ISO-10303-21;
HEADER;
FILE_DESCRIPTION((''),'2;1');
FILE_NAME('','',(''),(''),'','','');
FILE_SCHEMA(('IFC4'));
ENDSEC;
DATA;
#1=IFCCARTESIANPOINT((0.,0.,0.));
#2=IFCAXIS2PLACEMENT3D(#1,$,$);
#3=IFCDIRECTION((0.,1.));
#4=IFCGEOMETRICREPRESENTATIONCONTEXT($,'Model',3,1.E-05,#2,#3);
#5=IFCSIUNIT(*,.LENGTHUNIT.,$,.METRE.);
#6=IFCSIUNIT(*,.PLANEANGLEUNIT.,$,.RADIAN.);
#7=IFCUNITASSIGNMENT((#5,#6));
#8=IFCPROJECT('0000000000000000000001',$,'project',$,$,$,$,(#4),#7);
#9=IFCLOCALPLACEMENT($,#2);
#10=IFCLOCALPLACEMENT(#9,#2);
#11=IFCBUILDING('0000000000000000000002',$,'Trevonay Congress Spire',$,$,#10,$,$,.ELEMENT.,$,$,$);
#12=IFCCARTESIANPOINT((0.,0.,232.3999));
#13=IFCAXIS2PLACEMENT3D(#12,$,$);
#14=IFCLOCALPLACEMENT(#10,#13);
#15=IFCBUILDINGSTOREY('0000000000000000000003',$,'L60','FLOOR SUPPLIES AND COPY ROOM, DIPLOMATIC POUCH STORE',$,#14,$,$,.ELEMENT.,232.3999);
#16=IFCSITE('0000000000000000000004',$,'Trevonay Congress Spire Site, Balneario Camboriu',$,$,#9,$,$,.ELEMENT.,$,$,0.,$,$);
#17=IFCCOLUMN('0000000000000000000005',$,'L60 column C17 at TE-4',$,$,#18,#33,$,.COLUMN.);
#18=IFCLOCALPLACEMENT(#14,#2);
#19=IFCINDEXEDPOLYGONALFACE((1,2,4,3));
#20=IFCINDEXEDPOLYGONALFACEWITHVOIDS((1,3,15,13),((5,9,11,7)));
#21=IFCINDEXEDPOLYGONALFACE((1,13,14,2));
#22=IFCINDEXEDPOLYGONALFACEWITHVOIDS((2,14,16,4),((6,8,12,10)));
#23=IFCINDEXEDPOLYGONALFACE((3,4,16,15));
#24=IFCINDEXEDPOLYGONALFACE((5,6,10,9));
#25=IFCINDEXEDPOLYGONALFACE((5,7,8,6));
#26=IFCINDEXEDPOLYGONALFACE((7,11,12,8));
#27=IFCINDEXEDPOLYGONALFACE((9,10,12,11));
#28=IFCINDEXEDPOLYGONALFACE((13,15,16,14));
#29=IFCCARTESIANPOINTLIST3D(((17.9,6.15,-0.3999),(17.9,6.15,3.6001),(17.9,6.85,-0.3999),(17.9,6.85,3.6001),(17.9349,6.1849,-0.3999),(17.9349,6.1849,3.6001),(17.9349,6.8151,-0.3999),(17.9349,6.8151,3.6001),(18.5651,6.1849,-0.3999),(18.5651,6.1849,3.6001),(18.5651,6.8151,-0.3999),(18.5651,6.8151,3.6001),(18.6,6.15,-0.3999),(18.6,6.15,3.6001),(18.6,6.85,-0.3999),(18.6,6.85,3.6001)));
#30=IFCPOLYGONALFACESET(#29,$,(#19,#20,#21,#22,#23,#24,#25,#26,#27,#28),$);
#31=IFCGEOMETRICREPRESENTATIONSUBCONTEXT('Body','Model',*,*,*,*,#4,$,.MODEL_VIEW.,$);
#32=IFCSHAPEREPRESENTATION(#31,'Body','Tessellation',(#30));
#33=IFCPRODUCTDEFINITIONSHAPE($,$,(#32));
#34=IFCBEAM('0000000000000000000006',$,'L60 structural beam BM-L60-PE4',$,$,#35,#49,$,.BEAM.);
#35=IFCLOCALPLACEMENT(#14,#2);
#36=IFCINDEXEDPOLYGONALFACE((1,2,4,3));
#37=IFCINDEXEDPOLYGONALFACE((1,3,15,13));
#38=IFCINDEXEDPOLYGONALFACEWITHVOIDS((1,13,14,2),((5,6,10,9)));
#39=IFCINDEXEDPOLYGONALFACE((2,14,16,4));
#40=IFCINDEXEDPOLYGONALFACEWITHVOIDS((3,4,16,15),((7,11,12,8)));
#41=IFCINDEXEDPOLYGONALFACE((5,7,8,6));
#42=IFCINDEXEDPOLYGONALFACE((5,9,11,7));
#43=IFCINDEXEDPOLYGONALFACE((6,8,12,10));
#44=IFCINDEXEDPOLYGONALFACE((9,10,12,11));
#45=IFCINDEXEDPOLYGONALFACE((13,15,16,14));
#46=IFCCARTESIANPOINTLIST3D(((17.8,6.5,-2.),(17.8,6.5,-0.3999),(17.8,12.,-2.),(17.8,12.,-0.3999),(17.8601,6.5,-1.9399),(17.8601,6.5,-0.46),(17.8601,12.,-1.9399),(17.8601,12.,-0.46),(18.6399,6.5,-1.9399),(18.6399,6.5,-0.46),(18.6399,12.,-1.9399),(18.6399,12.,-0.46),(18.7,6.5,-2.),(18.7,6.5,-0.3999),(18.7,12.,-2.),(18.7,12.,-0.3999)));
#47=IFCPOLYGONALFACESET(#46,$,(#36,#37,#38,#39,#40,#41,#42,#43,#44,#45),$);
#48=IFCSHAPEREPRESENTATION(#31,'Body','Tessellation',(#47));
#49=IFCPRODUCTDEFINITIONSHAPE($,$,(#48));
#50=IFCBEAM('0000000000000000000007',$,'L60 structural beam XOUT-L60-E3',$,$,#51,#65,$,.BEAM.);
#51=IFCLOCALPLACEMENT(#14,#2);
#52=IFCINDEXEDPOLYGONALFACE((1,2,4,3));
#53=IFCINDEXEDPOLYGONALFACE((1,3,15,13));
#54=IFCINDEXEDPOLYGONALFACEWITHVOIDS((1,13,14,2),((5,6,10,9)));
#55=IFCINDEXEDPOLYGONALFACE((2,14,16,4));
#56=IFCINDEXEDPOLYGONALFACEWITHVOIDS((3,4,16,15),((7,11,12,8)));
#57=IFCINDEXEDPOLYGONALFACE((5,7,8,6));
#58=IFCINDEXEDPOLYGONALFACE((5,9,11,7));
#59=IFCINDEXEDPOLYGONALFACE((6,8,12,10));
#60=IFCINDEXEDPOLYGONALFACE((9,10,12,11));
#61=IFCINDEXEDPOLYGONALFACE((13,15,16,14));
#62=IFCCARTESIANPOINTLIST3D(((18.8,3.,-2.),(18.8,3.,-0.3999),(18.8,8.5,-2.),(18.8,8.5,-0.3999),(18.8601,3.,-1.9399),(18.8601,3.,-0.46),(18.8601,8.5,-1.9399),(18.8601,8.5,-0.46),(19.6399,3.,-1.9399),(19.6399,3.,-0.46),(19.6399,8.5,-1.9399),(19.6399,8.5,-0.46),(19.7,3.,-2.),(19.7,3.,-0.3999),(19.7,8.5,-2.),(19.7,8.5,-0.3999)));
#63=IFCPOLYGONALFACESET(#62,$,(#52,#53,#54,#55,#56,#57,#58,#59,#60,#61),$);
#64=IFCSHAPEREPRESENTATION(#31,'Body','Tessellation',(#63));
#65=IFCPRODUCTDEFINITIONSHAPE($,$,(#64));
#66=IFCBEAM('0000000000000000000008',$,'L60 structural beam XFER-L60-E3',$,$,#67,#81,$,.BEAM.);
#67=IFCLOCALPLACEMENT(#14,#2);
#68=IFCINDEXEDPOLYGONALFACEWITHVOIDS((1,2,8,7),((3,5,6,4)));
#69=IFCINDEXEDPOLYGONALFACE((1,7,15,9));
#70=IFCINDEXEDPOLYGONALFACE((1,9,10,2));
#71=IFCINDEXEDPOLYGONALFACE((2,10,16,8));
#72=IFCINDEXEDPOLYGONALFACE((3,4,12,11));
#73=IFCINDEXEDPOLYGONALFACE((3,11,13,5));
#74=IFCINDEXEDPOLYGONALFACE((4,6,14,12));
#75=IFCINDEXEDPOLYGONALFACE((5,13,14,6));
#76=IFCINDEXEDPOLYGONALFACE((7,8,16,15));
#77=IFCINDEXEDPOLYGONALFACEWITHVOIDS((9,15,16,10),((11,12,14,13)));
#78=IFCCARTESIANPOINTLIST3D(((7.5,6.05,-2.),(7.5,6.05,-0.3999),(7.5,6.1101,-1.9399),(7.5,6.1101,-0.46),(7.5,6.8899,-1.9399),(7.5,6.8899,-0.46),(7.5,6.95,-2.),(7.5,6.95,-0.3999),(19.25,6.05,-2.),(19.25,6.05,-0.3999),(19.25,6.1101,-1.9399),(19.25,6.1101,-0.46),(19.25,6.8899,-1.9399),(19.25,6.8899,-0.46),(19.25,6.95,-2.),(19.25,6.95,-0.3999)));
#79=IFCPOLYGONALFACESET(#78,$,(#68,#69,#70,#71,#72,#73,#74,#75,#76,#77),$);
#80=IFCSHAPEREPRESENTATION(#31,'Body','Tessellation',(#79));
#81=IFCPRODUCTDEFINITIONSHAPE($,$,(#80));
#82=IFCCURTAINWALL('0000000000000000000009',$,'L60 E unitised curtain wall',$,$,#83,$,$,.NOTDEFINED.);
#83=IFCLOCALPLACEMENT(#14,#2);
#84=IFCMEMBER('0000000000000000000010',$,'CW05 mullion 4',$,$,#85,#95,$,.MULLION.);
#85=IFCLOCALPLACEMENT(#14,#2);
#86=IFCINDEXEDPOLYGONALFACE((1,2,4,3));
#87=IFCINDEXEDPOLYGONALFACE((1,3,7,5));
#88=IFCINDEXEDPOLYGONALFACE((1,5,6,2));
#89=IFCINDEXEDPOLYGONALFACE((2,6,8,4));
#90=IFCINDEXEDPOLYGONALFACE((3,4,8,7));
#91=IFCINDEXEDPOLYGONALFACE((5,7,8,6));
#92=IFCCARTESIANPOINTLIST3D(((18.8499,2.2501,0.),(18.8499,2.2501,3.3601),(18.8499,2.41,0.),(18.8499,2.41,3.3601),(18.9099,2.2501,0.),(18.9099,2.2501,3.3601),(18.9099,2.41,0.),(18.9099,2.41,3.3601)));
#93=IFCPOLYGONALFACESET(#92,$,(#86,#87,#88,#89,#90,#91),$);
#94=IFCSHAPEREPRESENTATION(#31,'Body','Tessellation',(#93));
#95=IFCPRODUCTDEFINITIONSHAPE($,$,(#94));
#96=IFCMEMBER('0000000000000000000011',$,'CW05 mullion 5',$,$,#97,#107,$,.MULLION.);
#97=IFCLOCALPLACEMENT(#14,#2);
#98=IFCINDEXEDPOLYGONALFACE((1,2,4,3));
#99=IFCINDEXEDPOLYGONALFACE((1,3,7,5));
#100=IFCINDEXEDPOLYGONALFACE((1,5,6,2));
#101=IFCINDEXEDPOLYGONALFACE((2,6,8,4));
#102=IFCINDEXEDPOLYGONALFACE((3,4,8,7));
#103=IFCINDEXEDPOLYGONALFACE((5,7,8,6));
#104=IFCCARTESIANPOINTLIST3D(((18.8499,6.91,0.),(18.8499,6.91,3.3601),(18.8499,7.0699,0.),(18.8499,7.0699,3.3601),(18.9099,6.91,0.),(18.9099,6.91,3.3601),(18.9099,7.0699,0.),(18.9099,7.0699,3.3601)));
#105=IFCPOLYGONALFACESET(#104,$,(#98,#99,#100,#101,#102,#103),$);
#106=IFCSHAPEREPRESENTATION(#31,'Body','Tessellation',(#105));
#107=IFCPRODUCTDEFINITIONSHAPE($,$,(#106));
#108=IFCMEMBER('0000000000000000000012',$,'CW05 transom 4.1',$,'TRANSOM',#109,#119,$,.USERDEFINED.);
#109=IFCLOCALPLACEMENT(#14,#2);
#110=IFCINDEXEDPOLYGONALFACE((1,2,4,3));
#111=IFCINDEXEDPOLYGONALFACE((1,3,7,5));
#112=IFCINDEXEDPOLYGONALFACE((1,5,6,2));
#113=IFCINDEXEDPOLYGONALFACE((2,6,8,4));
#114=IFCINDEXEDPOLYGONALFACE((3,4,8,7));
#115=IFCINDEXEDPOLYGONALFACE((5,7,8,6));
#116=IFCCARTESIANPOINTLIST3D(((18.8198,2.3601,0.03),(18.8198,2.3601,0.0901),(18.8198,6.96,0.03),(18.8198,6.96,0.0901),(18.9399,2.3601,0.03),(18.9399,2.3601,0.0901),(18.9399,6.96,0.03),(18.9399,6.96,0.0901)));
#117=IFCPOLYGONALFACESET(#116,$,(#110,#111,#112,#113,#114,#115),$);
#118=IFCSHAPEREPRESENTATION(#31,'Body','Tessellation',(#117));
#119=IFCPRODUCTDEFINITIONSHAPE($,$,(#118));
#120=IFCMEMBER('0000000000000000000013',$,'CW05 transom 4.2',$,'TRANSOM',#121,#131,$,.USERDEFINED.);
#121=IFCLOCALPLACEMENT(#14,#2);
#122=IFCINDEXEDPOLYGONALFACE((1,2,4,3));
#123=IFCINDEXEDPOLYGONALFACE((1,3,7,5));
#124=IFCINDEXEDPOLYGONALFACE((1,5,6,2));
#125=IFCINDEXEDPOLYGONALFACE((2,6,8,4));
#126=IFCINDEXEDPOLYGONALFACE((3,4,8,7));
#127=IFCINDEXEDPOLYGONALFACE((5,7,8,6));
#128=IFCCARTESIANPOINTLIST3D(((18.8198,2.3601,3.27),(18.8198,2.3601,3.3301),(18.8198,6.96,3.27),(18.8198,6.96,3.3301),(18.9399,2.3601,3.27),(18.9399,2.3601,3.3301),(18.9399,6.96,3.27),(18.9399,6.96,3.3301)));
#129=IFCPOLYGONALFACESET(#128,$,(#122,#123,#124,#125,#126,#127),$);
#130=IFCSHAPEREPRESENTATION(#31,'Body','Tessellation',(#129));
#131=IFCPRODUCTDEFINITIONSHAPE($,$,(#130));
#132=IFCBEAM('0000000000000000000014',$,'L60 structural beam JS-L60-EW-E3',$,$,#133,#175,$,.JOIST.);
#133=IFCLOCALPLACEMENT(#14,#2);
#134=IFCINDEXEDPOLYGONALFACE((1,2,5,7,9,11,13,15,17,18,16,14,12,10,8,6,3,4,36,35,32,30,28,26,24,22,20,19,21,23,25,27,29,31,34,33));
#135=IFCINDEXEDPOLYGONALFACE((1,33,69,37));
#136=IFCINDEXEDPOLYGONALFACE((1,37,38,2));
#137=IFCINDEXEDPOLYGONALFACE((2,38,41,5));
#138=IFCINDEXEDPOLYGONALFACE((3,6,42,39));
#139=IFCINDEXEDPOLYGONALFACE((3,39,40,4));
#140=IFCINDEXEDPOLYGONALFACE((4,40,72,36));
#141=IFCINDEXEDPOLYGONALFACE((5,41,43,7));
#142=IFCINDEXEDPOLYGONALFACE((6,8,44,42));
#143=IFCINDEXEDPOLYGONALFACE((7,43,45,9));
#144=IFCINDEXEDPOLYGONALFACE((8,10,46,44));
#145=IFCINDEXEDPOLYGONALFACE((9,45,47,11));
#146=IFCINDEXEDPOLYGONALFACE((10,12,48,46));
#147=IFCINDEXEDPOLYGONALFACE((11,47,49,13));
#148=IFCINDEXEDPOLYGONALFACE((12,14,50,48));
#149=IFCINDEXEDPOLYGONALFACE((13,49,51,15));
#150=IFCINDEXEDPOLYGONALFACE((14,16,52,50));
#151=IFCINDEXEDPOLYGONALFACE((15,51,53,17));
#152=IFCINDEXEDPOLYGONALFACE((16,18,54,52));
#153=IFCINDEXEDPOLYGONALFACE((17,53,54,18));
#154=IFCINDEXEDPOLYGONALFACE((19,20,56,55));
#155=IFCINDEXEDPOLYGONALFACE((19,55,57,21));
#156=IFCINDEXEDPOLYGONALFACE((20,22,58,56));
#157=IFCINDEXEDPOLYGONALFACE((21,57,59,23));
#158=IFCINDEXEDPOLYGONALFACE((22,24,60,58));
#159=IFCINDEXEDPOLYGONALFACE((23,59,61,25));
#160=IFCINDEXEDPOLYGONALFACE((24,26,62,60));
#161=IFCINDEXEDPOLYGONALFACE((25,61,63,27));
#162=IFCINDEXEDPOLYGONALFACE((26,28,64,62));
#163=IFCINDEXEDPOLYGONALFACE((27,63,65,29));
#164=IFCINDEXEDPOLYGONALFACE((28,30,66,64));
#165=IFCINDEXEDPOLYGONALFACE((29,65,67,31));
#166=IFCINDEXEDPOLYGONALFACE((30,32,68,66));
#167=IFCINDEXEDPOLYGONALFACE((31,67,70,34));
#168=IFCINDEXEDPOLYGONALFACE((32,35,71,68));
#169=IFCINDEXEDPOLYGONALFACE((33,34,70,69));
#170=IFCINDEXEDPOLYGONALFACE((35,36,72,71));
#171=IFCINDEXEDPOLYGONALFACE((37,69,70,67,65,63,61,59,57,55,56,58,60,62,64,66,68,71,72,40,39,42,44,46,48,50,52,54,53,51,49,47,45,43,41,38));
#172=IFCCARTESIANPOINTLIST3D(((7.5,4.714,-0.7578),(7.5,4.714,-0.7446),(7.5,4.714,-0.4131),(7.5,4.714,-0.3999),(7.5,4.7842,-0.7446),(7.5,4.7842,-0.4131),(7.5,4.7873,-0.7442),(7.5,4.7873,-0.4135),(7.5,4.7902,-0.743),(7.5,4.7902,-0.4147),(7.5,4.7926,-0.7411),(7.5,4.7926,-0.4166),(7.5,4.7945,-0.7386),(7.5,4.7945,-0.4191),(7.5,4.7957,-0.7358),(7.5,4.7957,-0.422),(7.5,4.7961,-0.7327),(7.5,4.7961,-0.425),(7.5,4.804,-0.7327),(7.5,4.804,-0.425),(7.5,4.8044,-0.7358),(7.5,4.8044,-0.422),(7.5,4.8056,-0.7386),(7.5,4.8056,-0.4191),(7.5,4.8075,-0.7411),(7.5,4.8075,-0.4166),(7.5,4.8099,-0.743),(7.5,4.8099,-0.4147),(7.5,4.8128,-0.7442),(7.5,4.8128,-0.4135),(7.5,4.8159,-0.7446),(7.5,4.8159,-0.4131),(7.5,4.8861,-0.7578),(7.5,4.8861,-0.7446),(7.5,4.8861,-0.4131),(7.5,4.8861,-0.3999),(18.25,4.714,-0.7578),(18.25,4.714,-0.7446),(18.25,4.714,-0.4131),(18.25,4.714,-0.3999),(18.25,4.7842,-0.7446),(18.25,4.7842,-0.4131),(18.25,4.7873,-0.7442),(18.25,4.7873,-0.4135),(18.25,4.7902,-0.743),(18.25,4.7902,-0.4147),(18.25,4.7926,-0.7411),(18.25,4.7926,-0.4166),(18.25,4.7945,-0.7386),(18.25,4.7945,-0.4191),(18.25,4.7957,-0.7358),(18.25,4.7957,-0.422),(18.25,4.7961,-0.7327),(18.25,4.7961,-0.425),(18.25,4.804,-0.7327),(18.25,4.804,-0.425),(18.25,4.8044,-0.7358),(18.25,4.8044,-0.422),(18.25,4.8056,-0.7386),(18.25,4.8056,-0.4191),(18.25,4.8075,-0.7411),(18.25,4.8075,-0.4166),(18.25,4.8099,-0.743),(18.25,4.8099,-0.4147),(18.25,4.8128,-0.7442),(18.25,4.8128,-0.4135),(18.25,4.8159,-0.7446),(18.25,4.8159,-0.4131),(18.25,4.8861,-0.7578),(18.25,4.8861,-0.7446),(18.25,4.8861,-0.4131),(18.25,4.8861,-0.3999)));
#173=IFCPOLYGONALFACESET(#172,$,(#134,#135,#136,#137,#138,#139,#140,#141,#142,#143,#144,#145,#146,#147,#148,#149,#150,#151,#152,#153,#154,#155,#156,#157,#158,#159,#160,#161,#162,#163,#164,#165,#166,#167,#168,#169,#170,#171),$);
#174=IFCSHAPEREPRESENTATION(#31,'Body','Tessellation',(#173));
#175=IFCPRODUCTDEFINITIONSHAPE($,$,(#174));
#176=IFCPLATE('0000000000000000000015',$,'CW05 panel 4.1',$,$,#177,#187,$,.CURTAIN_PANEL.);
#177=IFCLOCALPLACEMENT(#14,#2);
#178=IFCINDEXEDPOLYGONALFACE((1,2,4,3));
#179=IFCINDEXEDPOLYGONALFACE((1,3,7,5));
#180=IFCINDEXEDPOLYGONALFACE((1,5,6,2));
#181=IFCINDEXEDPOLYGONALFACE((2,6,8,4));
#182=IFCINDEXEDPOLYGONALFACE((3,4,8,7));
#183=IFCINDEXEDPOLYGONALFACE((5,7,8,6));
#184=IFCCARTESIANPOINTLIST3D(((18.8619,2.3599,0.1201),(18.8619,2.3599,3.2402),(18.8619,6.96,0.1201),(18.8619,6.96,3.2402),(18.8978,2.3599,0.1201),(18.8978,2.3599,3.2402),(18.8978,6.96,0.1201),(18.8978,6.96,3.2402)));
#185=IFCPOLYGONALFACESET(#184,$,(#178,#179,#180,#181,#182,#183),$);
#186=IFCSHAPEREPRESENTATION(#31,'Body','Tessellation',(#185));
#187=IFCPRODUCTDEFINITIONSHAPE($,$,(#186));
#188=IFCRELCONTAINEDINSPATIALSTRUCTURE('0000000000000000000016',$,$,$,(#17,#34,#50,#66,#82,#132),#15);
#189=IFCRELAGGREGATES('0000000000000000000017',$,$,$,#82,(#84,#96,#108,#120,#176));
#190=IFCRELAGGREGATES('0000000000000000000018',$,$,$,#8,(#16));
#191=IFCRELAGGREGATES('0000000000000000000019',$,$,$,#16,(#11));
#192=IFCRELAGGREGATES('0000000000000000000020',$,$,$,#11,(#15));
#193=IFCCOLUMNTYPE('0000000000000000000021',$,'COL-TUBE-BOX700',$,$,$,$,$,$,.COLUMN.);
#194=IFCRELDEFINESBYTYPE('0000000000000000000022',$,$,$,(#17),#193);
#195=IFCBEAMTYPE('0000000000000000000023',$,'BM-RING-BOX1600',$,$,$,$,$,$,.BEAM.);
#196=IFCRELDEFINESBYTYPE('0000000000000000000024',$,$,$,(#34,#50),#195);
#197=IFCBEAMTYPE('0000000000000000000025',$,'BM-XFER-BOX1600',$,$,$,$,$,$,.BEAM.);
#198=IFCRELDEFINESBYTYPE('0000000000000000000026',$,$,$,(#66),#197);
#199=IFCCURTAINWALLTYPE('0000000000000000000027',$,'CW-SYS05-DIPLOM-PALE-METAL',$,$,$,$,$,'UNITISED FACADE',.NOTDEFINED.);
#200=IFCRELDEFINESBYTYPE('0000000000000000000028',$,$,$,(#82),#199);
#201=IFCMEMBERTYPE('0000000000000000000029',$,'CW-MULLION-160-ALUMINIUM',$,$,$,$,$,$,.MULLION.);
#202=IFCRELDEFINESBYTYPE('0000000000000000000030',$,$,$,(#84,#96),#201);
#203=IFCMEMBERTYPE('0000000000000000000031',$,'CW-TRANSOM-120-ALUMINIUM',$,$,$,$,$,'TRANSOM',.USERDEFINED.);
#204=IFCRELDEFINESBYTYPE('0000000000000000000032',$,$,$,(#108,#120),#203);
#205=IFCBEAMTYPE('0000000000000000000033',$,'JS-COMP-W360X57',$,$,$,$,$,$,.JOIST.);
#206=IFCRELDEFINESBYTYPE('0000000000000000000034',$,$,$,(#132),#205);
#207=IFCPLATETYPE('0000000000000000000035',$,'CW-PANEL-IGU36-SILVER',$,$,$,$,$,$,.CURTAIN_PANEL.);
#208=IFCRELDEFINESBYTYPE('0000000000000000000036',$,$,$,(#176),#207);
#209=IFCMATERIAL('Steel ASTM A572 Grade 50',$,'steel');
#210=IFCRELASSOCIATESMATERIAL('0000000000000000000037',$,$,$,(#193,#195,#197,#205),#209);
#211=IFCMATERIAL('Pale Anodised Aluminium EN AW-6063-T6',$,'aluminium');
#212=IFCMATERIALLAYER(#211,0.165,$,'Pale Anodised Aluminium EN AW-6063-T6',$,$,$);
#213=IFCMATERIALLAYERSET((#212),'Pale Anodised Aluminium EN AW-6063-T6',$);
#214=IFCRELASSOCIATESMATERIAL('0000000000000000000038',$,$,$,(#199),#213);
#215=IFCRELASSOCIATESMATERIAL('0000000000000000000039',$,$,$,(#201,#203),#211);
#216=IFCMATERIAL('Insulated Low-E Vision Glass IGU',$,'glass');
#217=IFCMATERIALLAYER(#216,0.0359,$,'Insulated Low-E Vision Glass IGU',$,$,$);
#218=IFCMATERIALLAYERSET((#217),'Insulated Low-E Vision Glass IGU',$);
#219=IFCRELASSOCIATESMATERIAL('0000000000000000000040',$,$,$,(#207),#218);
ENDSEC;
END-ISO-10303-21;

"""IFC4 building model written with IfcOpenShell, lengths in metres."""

from ifc_helpers import new_model, si_unit, direction, frame, origin, origin_2d, place, context, subcontext, project, spatial, rectangle, hollow_rectangle, i_section, extrude, material, layer, layer_set, material_profile, profile_set, type_object, element, aggregate, save


model = new_model("IFC4")

# Units and contexts
model_context = context("Model", 3, precision=1e-05, world=origin(), true_north=direction((0.0, 1.0)))
body_context = subcontext(model_context, "Body", "Model", "MODEL_VIEW")
ifc_project = project(units=[si_unit("LENGTHUNIT", "METRE"), si_unit("PLANEANGLEUNIT", "RADIAN")], contexts=[model_context])

# Site, building, storey
site_placement = place(None, origin())
site = spatial("IfcSite", under=ifc_project, at=site_placement, Name="Trevonay Congress Spire Site, Balneario Camboriu", CompositionType="ELEMENT", RefElevation=0.0)
building_placement = place(site_placement, origin())
building = spatial("IfcBuilding", under=site, at=building_placement, Name="Trevonay Congress Spire", CompositionType="ELEMENT")
storey_placement = place(building_placement, frame((0.0, 0.0, 232.3999)))
storey = spatial("IfcBuildingStorey", under=building, at=storey_placement, Name="L60", Description="FLOOR SUPPLIES AND COPY ROOM, DIPLOMATIC POUCH STORE", CompositionType="ELEMENT", Elevation=232.3999)

# Column
ifc_material_1 = material(Name="Steel ASTM A572 Grade 50", Category="steel")
ifc_material_profile_1 = material_profile(ifc_material_1, hollow_rectangle(XDim=0.7, YDim=0.7, WallThickness=0.0349, at=origin_2d()), Name="BOX 700x700x35")
ifc_profile_set_1 = profile_set([ifc_material_profile_1], Name="Steel ASTM A572 Grade 50")
column_type = type_object("IfcColumnType", Name="COL-TUBE-BOX700", PredefinedType="COLUMN", material=ifc_profile_set_1)
column_placement = place(storey_placement, frame((18.25, 6.5, -0.3999), z_axis=(0.0, 0.0, 1.0), x_axis=(1.0, 0.0, 0.0)))
element("IfcColumn", 1, at=column_placement, inside=storey, type_object=column_type, Name="L60 column C17 at TE-4", PredefinedType="COLUMN", context=body_context, shape_type="SweptSolid", body=[
    extrude(hollow_rectangle(XDim=0.7, YDim=0.7, WallThickness=0.0349, at=origin_2d()), origin(), (0.0, 0.0, 1.0), 4.0),
])

# Beams
ifc_material_profile_2 = material_profile(ifc_material_1, hollow_rectangle(XDim=0.8999, YDim=1.6001, WallThickness=0.0601, at=origin_2d()), Name="BOX 1600x900x60")
ifc_profile_set_2 = profile_set([ifc_material_profile_2], Name="Steel ASTM A572 Grade 50")
beam_type_1 = type_object("IfcBeamType", Name="BM-RING-BOX1600", PredefinedType="BEAM", material=ifc_profile_set_2)
for number, where, z_axis, x_axis, name in (
    (2, (18.25, 6.5, -1.2), (0.0, 1.0, 0.0), (-1.0, 0.0, 0.0), "L60 structural beam BM-L60-PE4"),
    (3, (19.25, 3.0, -1.2), (0.0, 1.0, 0.0), (-1.0, 0.0, 0.0), "L60 structural beam XOUT-L60-E3"),
):
    element("IfcBeam", number, at=place(storey_placement, frame(where, z_axis=z_axis, x_axis=x_axis)), inside=storey, type_object=beam_type_1, Name=name, PredefinedType="BEAM", context=body_context, shape_type="SweptSolid", body=[
        extrude(hollow_rectangle(XDim=0.8999, YDim=1.6001, WallThickness=0.0601, at=origin_2d()), origin(), (0.0, 0.0, 1.0), 5.5),
    ])
ifc_material_profile_3 = material_profile(ifc_material_1, hollow_rectangle(XDim=0.8999, YDim=1.6001, WallThickness=0.0601, at=origin_2d()), Name="BOX 1600x900x60")
ifc_profile_set_3 = profile_set([ifc_material_profile_3], Name="Steel ASTM A572 Grade 50")
beam_type_2 = type_object("IfcBeamType", Name="BM-XFER-BOX1600", PredefinedType="BEAM", material=ifc_profile_set_3)
beam_1_placement = place(storey_placement, frame((7.5, 6.5, -1.2), z_axis=(1.0, 0.0, 0.0), x_axis=(0.0, 1.0, 0.0)))
element("IfcBeam", 4, at=beam_1_placement, inside=storey, type_object=beam_type_2, Name="L60 structural beam XFER-L60-E3", PredefinedType="BEAM", context=body_context, shape_type="SweptSolid", body=[
    extrude(hollow_rectangle(XDim=0.8999, YDim=1.6001, WallThickness=0.0601, at=origin_2d()), origin(), (0.0, 0.0, 1.0), 11.75),
])

# Curtain wall, members
ifc_material_2 = material(Name="Pale Anodised Aluminium EN AW-6063-T6", Category="aluminium")
ifc_layer_1 = layer(ifc_material_2, 0.165, Name="Pale Anodised Aluminium EN AW-6063-T6")
ifc_layer_set_1 = layer_set([ifc_layer_1], Name="Pale Anodised Aluminium EN AW-6063-T6")
curtain_wall_type = type_object("IfcCurtainWallType", Name="CW-SYS05-DIPLOM-PALE-METAL", ElementType="UNITISED FACADE", PredefinedType="NOTDEFINED", material=ifc_layer_set_1)
curtain_wall_placement = place(storey_placement, origin())
curtain_wall = element("IfcCurtainWall", 5, at=curtain_wall_placement, inside=storey, type_object=curtain_wall_type, Name="L60 E unitised curtain wall", PredefinedType="NOTDEFINED")
ifc_material_profile_4 = material_profile(ifc_material_2, rectangle(XDim=0.0601, YDim=0.1599, at=origin_2d()), Name="CW-MULLION-160-ALUMINIUM")
ifc_profile_set_4 = profile_set([ifc_material_profile_4], Name="Pale Anodised Aluminium EN AW-6063-T6")
member_type_1 = type_object("IfcMemberType", Name="CW-MULLION-160-ALUMINIUM", PredefinedType="MULLION", material=ifc_profile_set_4)
member_1_placement = place(storey_placement, frame((18.8799, 2.3301, 0.0), z_axis=(0.0, 0.0, 1.0), x_axis=(-1.0, 0.0, 0.0)))
member_1 = element("IfcMember", 6, at=member_1_placement, type_object=member_type_1, Name="CW05 mullion 4", PredefinedType="MULLION", context=body_context, shape_type="SweptSolid", body=[
    extrude(rectangle(XDim=0.0601, YDim=0.1599, at=origin_2d()), origin(), (0.0, 0.0, 1.0), 3.3601),
])
member_2_placement = place(storey_placement, frame((18.8799, 6.99, 0.0), z_axis=(0.0, 0.0, 1.0), x_axis=(-1.0, 0.0, 0.0)))
member_2 = element("IfcMember", 7, at=member_2_placement, type_object=member_type_1, Name="CW05 mullion 5", PredefinedType="MULLION", context=body_context, shape_type="SweptSolid", body=[
    extrude(rectangle(XDim=0.0601, YDim=0.1599, at=origin_2d()), origin(), (0.0, 0.0, 1.0), 3.3601),
])
ifc_material_profile_5 = material_profile(ifc_material_2, rectangle(XDim=0.1201, YDim=0.0601, at=origin_2d()), Name="CW-TRANSOM-120-ALUMINIUM")
ifc_profile_set_5 = profile_set([ifc_material_profile_5], Name="Pale Anodised Aluminium EN AW-6063-T6")
member_type_2 = type_object("IfcMemberType", Name="CW-TRANSOM-120-ALUMINIUM", ElementType="TRANSOM", PredefinedType="USERDEFINED", material=ifc_profile_set_5)
member_3_placement = place(storey_placement, frame((18.8799, 2.3601, 0.0601), z_axis=(0.0, 1.0, 0.0), x_axis=(-1.0, 0.0, 0.0)))
member_3 = element("IfcMember", 8, at=member_3_placement, type_object=member_type_2, Name="CW05 transom 4.1", ObjectType="TRANSOM", PredefinedType="USERDEFINED", context=body_context, shape_type="SweptSolid", body=[
    extrude(rectangle(XDim=0.1201, YDim=0.0601, at=origin_2d()), origin(), (0.0, 0.0, 1.0), 4.5999),
])
member_4_placement = place(storey_placement, frame((18.8799, 2.3601, 3.3), z_axis=(0.0, 1.0, 0.0), x_axis=(-1.0, 0.0, 0.0)))
member_4 = element("IfcMember", 9, at=member_4_placement, type_object=member_type_2, Name="CW05 transom 4.2", ObjectType="TRANSOM", PredefinedType="USERDEFINED", context=body_context, shape_type="SweptSolid", body=[
    extrude(rectangle(XDim=0.1201, YDim=0.0601, at=origin_2d()), origin(), (0.0, 0.0, 1.0), 4.5999),
])

# Beam
ifc_material_profile_6 = material_profile(ifc_material_1, i_section(OverallWidth=0.1721, OverallDepth=0.3579, WebThickness=0.0078, FlangeThickness=0.0132, FilletRadius=0.012, at=origin_2d()), Name="W360x57.8")
ifc_profile_set_6 = profile_set([ifc_material_profile_6], Name="Steel ASTM A572 Grade 50")
beam_type_3 = type_object("IfcBeamType", Name="JS-COMP-W360X57", PredefinedType="JOIST", material=ifc_profile_set_6)
beam_2_placement = place(storey_placement, frame((7.5, 4.8, -0.5789), z_axis=(1.0, 0.0, 0.0), x_axis=(0.0, 1.0, 0.0)))
element("IfcBeam", 10, at=beam_2_placement, inside=storey, type_object=beam_type_3, Name="L60 structural beam JS-L60-EW-E3", PredefinedType="JOIST", context=body_context, shape_type="SweptSolid", body=[
    extrude(i_section(OverallWidth=0.1721, OverallDepth=0.3579, WebThickness=0.0078, FlangeThickness=0.0132, FilletRadius=0.012, at=origin_2d()), origin(), (0.0, 0.0, 1.0), 10.75),
])

# Plate
ifc_material_3 = material(Name="Insulated Low-E Vision Glass IGU", Category="glass")
ifc_layer_2 = layer(ifc_material_3, 0.0359, Name="Insulated Low-E Vision Glass IGU")
ifc_layer_set_2 = layer_set([ifc_layer_2], Name="Insulated Low-E Vision Glass IGU")
plate_type = type_object("IfcPlateType", Name="CW-PANEL-IGU36-SILVER", PredefinedType="CURTAIN_PANEL", material=ifc_layer_set_2)
plate_placement = place(storey_placement, frame((18.8799, 4.6599, 0.1201), z_axis=(0.0, 0.0, 1.0), x_axis=(0.0, 1.0, 0.0)))
plate = element("IfcPlate", 11, at=plate_placement, type_object=plate_type, Name="CW05 panel 4.1", PredefinedType="CURTAIN_PANEL", context=body_context, shape_type="SweptSolid", body=[
    extrude(rectangle(XDim=4.6001, YDim=0.0359, at=origin_2d()), origin(), (0.0, 0.0, 1.0), 3.1201),
])
aggregate(curtain_wall, [member_1, member_2, member_3, member_4, plate])

save(model, "model.ifc")
